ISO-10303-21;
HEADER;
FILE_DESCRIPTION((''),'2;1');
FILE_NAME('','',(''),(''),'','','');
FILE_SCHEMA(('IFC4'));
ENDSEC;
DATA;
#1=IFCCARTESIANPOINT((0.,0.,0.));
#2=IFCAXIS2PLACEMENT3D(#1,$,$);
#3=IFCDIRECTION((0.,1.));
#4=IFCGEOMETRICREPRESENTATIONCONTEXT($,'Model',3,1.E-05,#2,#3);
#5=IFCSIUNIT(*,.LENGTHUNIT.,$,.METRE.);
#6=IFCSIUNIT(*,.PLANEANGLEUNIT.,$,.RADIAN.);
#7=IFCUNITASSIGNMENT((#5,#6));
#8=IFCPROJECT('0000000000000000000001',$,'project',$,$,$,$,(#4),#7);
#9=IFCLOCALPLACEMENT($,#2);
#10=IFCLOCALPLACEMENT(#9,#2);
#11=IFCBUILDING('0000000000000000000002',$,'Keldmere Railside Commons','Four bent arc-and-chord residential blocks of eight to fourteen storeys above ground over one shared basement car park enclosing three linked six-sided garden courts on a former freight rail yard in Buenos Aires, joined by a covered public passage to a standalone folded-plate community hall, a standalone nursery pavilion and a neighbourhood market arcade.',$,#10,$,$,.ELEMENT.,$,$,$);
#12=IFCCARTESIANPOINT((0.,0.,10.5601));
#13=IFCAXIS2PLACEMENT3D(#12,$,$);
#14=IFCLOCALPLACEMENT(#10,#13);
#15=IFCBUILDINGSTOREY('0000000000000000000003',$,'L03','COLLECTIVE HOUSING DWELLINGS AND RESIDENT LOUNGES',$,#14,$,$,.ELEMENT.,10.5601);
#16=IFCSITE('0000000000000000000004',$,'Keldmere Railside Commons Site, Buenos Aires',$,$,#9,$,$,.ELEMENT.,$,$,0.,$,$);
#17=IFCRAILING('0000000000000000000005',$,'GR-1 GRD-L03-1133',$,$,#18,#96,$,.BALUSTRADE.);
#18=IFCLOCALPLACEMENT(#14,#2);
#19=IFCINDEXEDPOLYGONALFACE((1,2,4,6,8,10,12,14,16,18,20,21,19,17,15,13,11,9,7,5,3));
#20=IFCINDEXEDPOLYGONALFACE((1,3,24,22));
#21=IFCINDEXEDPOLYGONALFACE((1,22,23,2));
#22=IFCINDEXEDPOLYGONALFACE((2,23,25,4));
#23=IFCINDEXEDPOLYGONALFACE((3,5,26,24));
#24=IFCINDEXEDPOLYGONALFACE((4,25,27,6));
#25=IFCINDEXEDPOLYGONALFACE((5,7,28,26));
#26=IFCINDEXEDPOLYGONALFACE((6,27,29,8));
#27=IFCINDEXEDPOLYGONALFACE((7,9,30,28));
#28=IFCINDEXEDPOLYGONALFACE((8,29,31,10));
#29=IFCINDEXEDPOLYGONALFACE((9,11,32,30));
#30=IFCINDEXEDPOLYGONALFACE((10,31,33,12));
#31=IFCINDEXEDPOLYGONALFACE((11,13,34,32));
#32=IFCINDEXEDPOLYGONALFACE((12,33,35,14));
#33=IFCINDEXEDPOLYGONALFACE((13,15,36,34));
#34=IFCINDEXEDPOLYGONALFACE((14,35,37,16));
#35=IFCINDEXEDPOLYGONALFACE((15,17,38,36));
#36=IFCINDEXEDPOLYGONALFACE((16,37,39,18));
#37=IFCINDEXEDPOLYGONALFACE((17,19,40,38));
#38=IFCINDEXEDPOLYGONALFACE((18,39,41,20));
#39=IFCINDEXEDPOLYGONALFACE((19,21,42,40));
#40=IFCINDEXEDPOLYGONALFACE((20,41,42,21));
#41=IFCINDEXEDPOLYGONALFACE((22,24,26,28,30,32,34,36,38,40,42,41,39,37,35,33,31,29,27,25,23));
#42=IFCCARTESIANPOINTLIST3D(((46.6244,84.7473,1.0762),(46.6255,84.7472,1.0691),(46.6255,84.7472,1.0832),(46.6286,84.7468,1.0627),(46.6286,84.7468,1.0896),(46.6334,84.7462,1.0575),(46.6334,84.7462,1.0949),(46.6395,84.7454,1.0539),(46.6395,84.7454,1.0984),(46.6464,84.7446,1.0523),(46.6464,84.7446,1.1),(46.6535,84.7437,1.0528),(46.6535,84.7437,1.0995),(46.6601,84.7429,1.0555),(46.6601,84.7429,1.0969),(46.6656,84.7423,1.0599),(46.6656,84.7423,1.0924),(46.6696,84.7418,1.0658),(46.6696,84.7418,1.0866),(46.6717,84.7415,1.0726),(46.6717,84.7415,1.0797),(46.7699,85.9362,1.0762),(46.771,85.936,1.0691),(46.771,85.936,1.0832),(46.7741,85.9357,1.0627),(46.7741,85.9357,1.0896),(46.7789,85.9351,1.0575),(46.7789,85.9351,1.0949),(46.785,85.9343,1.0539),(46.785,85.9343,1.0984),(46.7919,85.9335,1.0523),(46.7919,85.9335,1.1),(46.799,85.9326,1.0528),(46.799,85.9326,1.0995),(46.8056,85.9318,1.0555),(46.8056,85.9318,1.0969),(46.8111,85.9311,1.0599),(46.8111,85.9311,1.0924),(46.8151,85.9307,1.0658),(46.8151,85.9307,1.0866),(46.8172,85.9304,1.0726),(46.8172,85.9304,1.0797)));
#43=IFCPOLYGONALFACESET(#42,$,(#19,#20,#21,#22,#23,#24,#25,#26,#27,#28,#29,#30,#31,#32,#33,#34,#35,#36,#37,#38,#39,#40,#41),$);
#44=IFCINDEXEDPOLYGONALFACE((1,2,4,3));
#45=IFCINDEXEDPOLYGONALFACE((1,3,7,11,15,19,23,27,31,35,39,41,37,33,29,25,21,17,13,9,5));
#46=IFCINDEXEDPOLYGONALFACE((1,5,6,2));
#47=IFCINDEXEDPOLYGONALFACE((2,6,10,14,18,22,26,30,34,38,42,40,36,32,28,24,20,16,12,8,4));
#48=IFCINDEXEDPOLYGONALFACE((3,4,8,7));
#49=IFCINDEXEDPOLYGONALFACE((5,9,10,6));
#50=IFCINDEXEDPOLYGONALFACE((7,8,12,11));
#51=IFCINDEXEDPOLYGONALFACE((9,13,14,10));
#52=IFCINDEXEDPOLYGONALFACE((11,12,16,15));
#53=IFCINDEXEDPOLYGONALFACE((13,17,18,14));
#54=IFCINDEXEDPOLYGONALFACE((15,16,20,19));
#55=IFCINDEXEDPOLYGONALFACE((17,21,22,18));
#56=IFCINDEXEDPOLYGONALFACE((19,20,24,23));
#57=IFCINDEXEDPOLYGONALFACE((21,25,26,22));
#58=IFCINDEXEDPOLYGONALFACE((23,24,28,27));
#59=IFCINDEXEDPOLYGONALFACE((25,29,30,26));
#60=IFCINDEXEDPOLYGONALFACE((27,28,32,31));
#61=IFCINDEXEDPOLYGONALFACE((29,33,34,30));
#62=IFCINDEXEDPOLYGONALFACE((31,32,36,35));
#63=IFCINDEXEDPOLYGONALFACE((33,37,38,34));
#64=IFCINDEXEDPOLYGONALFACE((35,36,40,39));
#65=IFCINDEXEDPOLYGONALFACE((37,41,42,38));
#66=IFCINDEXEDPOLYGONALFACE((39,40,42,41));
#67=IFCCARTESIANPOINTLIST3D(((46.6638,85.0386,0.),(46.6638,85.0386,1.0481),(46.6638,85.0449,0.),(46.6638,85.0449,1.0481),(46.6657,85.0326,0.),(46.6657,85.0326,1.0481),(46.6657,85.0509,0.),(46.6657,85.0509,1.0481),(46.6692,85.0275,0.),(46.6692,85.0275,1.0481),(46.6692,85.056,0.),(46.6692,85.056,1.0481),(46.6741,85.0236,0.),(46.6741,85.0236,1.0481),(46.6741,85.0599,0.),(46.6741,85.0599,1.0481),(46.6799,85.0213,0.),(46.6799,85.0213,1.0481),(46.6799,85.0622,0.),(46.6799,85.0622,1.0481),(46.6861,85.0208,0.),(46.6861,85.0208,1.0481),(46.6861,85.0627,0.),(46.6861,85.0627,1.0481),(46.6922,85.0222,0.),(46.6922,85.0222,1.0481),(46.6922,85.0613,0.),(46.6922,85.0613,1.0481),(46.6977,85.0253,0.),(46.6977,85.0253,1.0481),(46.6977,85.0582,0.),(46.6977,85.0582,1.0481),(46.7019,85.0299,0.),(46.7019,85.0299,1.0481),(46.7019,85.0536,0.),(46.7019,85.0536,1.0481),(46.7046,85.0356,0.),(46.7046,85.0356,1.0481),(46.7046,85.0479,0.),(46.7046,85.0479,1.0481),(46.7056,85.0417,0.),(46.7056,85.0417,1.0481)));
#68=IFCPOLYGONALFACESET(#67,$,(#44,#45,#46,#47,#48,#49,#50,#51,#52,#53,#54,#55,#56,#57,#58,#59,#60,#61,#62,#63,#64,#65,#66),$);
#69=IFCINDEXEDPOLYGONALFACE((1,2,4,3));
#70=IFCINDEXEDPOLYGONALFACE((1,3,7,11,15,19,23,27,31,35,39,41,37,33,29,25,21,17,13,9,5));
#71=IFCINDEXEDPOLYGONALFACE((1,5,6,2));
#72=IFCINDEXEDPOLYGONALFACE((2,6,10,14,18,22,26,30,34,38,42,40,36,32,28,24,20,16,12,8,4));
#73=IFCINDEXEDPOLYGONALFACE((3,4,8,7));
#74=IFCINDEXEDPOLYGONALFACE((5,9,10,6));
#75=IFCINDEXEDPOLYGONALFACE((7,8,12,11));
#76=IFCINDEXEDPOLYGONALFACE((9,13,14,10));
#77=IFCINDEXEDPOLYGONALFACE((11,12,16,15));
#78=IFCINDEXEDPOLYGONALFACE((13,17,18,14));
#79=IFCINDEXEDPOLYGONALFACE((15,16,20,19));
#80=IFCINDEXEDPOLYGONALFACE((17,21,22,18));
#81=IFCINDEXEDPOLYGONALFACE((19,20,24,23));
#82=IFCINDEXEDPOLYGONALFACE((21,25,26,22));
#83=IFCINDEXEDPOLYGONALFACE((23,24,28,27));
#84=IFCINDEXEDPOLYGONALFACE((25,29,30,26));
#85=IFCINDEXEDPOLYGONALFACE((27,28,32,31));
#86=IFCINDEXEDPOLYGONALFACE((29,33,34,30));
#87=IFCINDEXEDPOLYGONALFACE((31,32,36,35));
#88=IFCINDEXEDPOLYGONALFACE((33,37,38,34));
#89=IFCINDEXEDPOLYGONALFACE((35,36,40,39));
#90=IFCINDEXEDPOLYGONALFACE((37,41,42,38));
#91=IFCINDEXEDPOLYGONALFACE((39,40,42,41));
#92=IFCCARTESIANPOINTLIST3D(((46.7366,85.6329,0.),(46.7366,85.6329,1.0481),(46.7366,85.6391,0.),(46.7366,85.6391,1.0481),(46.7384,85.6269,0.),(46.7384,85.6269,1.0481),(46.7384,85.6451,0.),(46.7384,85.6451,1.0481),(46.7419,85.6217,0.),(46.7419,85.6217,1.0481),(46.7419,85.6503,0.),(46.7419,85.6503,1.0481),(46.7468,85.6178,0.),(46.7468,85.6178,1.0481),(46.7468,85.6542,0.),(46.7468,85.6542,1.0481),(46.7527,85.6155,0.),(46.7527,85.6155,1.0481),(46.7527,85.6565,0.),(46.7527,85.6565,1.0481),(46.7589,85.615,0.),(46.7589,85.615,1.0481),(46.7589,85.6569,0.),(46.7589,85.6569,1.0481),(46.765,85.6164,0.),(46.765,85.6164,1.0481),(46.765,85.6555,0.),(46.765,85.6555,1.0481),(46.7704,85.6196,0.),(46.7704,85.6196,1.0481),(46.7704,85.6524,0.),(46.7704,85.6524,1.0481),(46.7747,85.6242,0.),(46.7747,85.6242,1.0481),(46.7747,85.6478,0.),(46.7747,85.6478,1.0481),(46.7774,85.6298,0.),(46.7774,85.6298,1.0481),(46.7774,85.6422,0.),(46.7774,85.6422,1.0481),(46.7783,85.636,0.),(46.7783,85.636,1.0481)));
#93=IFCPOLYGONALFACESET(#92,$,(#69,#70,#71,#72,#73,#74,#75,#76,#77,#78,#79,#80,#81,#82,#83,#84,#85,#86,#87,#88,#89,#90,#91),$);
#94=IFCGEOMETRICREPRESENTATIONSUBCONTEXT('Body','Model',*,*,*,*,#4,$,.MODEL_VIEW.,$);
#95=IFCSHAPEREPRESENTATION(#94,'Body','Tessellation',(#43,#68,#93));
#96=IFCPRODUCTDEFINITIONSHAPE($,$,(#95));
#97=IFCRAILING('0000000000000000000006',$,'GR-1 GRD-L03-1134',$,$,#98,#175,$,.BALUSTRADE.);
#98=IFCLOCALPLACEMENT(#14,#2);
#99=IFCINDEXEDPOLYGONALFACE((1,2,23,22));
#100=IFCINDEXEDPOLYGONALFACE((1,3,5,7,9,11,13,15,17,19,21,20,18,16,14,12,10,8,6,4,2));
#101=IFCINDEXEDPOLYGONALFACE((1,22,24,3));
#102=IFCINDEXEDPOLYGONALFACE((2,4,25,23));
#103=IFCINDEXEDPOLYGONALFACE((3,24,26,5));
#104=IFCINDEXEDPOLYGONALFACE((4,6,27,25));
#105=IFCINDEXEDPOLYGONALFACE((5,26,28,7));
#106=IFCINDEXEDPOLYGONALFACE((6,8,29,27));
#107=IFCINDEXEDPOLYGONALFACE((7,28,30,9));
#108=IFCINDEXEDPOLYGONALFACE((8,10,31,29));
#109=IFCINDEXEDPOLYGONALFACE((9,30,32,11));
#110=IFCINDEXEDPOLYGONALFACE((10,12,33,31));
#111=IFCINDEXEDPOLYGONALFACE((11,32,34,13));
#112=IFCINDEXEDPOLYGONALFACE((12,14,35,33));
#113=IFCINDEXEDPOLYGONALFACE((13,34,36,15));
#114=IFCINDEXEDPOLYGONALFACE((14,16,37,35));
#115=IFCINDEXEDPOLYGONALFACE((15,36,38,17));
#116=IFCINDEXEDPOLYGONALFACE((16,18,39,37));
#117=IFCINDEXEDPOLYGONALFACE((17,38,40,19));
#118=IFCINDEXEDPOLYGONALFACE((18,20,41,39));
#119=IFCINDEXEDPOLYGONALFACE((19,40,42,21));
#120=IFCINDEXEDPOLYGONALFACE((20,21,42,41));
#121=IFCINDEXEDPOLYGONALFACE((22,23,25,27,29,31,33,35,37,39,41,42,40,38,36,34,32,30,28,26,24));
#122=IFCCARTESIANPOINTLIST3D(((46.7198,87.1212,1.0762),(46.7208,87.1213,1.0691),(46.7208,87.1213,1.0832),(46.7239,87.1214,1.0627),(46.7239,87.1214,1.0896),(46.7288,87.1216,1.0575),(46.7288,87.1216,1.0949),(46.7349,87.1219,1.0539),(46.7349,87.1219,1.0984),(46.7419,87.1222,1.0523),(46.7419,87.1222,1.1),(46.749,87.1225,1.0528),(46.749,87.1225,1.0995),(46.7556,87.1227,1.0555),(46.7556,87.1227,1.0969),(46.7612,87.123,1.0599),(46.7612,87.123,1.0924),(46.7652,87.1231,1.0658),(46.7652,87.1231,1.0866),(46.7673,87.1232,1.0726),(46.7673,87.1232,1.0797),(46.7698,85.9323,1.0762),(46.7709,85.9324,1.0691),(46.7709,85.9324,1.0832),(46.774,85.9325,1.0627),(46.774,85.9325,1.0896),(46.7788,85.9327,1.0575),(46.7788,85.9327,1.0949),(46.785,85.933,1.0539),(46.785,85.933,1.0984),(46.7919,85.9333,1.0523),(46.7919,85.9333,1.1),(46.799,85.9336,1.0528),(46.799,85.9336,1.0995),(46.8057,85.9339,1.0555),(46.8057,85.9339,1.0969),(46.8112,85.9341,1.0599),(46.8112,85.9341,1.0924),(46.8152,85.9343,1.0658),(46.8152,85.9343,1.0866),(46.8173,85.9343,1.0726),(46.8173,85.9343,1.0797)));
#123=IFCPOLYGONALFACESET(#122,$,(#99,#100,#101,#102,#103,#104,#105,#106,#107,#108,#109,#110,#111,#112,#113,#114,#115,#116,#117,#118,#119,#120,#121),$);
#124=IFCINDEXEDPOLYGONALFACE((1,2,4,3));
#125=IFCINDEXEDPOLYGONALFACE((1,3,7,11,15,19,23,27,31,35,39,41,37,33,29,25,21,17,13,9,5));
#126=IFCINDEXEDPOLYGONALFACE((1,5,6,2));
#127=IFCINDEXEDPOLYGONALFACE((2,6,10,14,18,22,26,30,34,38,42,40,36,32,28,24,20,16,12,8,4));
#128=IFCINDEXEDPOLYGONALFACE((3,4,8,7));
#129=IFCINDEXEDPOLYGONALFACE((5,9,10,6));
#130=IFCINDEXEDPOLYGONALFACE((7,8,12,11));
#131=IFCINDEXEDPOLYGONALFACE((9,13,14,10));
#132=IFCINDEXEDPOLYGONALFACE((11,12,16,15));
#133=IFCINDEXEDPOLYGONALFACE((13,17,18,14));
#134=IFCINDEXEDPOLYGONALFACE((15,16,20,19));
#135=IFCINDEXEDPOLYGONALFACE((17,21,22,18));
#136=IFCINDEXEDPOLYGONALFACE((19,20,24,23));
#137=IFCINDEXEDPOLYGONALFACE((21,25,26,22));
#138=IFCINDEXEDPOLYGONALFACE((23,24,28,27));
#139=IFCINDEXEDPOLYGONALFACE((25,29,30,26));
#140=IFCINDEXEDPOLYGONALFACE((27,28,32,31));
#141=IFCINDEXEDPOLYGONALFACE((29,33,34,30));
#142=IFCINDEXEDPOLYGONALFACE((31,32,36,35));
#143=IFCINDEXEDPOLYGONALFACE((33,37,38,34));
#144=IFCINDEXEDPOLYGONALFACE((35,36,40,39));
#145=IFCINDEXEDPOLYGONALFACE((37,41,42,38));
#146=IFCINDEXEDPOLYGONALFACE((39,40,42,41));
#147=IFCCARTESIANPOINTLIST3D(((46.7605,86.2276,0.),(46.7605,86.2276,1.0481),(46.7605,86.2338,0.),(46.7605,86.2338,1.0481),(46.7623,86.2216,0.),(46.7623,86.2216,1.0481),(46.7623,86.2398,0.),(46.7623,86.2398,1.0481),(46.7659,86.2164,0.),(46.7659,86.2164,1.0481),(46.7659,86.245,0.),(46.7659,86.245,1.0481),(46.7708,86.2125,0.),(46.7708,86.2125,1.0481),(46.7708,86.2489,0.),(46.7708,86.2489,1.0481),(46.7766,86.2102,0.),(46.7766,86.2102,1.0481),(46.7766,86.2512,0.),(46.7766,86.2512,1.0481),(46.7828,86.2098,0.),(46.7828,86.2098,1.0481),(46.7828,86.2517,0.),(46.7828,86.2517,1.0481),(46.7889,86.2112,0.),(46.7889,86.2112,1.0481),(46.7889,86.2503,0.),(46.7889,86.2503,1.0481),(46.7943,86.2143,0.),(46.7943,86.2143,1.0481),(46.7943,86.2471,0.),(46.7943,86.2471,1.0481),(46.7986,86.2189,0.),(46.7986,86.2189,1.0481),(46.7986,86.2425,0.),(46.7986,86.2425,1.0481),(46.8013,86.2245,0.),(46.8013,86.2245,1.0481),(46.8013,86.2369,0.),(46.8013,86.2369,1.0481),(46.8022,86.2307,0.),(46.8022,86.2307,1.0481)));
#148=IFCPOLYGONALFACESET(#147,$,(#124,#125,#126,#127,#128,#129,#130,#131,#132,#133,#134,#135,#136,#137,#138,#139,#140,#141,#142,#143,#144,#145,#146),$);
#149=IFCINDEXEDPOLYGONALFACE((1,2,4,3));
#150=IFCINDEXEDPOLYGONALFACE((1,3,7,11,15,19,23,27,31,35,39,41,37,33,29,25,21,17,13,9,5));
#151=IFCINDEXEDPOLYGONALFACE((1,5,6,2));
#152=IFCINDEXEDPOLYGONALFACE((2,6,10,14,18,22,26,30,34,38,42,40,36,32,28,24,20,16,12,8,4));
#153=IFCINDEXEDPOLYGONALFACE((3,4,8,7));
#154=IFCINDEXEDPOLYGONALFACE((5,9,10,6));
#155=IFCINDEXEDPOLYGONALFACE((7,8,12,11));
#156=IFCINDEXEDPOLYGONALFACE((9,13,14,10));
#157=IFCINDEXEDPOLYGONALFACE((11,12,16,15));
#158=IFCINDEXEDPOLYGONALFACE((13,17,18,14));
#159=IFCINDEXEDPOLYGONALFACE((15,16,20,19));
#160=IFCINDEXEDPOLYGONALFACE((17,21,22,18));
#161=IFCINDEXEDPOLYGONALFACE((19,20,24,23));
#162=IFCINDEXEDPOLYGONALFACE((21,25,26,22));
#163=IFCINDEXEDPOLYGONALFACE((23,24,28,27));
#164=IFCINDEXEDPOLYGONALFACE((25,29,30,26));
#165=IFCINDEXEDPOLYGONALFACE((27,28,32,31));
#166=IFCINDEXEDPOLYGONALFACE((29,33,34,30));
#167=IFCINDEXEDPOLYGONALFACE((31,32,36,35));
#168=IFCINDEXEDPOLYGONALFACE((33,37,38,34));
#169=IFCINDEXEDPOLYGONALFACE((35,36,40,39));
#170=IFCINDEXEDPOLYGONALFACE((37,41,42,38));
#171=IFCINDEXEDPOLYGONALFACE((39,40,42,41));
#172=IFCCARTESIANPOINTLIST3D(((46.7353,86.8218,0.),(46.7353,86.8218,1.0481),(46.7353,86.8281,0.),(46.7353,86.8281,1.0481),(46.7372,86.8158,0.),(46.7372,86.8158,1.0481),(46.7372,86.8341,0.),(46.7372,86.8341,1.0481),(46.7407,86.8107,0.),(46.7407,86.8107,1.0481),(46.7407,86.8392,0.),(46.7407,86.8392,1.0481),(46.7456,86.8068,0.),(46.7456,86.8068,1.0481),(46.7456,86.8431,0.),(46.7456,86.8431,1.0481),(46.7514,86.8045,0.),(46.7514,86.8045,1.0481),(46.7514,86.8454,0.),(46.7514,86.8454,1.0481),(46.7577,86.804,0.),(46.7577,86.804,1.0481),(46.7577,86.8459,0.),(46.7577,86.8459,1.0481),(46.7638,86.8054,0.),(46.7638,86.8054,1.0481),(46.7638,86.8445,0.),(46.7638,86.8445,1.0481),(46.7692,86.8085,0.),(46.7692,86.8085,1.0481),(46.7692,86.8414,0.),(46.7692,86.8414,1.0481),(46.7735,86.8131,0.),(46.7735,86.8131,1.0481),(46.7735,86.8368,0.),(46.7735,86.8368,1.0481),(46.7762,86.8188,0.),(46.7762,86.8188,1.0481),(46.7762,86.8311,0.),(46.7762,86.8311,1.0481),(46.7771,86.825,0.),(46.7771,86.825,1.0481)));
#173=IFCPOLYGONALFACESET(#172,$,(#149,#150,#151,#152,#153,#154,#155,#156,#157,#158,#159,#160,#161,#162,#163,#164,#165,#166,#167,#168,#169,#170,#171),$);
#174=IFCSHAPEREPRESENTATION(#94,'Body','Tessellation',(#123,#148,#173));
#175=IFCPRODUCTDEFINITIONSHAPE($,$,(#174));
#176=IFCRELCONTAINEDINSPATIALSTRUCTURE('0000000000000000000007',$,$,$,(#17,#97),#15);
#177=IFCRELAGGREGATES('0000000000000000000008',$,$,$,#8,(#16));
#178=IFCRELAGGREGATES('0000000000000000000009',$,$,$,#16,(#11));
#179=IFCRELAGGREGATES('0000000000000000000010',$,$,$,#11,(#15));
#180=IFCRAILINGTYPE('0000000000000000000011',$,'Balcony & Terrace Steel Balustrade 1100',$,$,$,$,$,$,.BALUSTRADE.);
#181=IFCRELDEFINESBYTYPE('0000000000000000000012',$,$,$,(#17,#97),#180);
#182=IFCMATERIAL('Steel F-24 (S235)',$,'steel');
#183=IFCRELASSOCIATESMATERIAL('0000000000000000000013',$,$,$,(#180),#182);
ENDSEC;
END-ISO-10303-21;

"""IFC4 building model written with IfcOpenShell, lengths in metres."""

from ifc_helpers import new_model, si_unit, direction, frame, origin, origin_2d, place, context, subcontext, project, spatial, circle, extrude, material, type_object, element, save


model = new_model("IFC4")

# Units and contexts
model_context = context("Model", 3, precision=1e-05, world=origin(), true_north=direction((0.0, 1.0)))
body_context = subcontext(model_context, "Body", "Model", "MODEL_VIEW")
ifc_project = project(units=[si_unit("LENGTHUNIT", "METRE"), si_unit("PLANEANGLEUNIT", "RADIAN")], contexts=[model_context])

# Site, building, storey
site_placement = place(None, origin())
site = spatial("IfcSite", under=ifc_project, at=site_placement, Name="Keldmere Railside Commons Site, Buenos Aires", CompositionType="ELEMENT", RefElevation=0.0)
building_placement = place(site_placement, origin())
building = spatial("IfcBuilding", under=site, at=building_placement, Name="Keldmere Railside Commons", Description="Four bent arc-and-chord residential blocks of eight to fourteen storeys above ground over one shared basement car park enclosing three linked six-sided garden courts on a former freight rail yard in Buenos Aires, joined by a covered public passage to a standalone folded-plate community hall, a standalone nursery pavilion and a neighbourhood market arcade.", CompositionType="ELEMENT")
storey_placement = place(building_placement, frame((0.0, 0.0, 10.5601)))
storey = spatial("IfcBuildingStorey", under=building, at=storey_placement, Name="L03", Description="COLLECTIVE HOUSING DWELLINGS AND RESIDENT LOUNGES", CompositionType="ELEMENT", Elevation=10.5601)

# Railings
ifc_material_1 = material(Name="Steel F-24 (S235)", Category="steel")
railing_type = type_object("IfcRailingType", Name="Balcony & Terrace Steel Balustrade 1100", PredefinedType="BALUSTRADE", material=ifc_material_1)
railing_1_placement = place(storey_placement, frame((46.6482, 84.7444, 0.0)))
element("IfcRailing", 1, at=railing_1_placement, inside=storey, type_object=railing_type, Name="GR-1 GRD-L03-1133", PredefinedType="BALUSTRADE", context=body_context, shape_type="SweptSolid", body=[
    extrude(circle(Radius=0.0239, at=origin_2d()), frame((0.0, 0.0, 1.0762), z_axis=(0.121476, 0.992594, 0.0), x_axis=(-0.992594, 0.121476, 0.0)), (0.0, 0.0, 1.0), 1.1978),
    extrude(circle(Radius=0.021, at=origin_2d()), frame((0.0364, 0.2974, 0.0)), (0.0, 0.0, 1.0), 1.0481),
    extrude(circle(Radius=0.021, at=origin_2d()), frame((0.1091, 0.8916, 0.0)), (0.0, 0.0, 1.0), 1.0481),
])
railing_2_placement = place(storey_placement, frame((46.7937, 85.9333, 0.0)))
element("IfcRailing", 2, at=railing_2_placement, inside=storey, type_object=railing_type, Name="GR-1 GRD-L03-1134", PredefinedType="BALUSTRADE", context=body_context, shape_type="SweptSolid", body=[
    extrude(circle(Radius=0.0239, at=origin_2d()), frame((0.0, 0.0, 1.0762), z_axis=(-0.042057, 0.999115, 0.0), x_axis=(-0.999115, -0.042057, 0.0)), (0.0, 0.0, 1.0), 1.1899),
    extrude(circle(Radius=0.021, at=origin_2d()), frame((-0.0125, 0.2974, 0.0)), (0.0, 0.0, 1.0), 1.0481),
    extrude(circle(Radius=0.021, at=origin_2d()), frame((-0.0376, 0.8916, 0.0)), (0.0, 0.0, 1.0), 1.0481),
])

save(model, "model.ifc")
